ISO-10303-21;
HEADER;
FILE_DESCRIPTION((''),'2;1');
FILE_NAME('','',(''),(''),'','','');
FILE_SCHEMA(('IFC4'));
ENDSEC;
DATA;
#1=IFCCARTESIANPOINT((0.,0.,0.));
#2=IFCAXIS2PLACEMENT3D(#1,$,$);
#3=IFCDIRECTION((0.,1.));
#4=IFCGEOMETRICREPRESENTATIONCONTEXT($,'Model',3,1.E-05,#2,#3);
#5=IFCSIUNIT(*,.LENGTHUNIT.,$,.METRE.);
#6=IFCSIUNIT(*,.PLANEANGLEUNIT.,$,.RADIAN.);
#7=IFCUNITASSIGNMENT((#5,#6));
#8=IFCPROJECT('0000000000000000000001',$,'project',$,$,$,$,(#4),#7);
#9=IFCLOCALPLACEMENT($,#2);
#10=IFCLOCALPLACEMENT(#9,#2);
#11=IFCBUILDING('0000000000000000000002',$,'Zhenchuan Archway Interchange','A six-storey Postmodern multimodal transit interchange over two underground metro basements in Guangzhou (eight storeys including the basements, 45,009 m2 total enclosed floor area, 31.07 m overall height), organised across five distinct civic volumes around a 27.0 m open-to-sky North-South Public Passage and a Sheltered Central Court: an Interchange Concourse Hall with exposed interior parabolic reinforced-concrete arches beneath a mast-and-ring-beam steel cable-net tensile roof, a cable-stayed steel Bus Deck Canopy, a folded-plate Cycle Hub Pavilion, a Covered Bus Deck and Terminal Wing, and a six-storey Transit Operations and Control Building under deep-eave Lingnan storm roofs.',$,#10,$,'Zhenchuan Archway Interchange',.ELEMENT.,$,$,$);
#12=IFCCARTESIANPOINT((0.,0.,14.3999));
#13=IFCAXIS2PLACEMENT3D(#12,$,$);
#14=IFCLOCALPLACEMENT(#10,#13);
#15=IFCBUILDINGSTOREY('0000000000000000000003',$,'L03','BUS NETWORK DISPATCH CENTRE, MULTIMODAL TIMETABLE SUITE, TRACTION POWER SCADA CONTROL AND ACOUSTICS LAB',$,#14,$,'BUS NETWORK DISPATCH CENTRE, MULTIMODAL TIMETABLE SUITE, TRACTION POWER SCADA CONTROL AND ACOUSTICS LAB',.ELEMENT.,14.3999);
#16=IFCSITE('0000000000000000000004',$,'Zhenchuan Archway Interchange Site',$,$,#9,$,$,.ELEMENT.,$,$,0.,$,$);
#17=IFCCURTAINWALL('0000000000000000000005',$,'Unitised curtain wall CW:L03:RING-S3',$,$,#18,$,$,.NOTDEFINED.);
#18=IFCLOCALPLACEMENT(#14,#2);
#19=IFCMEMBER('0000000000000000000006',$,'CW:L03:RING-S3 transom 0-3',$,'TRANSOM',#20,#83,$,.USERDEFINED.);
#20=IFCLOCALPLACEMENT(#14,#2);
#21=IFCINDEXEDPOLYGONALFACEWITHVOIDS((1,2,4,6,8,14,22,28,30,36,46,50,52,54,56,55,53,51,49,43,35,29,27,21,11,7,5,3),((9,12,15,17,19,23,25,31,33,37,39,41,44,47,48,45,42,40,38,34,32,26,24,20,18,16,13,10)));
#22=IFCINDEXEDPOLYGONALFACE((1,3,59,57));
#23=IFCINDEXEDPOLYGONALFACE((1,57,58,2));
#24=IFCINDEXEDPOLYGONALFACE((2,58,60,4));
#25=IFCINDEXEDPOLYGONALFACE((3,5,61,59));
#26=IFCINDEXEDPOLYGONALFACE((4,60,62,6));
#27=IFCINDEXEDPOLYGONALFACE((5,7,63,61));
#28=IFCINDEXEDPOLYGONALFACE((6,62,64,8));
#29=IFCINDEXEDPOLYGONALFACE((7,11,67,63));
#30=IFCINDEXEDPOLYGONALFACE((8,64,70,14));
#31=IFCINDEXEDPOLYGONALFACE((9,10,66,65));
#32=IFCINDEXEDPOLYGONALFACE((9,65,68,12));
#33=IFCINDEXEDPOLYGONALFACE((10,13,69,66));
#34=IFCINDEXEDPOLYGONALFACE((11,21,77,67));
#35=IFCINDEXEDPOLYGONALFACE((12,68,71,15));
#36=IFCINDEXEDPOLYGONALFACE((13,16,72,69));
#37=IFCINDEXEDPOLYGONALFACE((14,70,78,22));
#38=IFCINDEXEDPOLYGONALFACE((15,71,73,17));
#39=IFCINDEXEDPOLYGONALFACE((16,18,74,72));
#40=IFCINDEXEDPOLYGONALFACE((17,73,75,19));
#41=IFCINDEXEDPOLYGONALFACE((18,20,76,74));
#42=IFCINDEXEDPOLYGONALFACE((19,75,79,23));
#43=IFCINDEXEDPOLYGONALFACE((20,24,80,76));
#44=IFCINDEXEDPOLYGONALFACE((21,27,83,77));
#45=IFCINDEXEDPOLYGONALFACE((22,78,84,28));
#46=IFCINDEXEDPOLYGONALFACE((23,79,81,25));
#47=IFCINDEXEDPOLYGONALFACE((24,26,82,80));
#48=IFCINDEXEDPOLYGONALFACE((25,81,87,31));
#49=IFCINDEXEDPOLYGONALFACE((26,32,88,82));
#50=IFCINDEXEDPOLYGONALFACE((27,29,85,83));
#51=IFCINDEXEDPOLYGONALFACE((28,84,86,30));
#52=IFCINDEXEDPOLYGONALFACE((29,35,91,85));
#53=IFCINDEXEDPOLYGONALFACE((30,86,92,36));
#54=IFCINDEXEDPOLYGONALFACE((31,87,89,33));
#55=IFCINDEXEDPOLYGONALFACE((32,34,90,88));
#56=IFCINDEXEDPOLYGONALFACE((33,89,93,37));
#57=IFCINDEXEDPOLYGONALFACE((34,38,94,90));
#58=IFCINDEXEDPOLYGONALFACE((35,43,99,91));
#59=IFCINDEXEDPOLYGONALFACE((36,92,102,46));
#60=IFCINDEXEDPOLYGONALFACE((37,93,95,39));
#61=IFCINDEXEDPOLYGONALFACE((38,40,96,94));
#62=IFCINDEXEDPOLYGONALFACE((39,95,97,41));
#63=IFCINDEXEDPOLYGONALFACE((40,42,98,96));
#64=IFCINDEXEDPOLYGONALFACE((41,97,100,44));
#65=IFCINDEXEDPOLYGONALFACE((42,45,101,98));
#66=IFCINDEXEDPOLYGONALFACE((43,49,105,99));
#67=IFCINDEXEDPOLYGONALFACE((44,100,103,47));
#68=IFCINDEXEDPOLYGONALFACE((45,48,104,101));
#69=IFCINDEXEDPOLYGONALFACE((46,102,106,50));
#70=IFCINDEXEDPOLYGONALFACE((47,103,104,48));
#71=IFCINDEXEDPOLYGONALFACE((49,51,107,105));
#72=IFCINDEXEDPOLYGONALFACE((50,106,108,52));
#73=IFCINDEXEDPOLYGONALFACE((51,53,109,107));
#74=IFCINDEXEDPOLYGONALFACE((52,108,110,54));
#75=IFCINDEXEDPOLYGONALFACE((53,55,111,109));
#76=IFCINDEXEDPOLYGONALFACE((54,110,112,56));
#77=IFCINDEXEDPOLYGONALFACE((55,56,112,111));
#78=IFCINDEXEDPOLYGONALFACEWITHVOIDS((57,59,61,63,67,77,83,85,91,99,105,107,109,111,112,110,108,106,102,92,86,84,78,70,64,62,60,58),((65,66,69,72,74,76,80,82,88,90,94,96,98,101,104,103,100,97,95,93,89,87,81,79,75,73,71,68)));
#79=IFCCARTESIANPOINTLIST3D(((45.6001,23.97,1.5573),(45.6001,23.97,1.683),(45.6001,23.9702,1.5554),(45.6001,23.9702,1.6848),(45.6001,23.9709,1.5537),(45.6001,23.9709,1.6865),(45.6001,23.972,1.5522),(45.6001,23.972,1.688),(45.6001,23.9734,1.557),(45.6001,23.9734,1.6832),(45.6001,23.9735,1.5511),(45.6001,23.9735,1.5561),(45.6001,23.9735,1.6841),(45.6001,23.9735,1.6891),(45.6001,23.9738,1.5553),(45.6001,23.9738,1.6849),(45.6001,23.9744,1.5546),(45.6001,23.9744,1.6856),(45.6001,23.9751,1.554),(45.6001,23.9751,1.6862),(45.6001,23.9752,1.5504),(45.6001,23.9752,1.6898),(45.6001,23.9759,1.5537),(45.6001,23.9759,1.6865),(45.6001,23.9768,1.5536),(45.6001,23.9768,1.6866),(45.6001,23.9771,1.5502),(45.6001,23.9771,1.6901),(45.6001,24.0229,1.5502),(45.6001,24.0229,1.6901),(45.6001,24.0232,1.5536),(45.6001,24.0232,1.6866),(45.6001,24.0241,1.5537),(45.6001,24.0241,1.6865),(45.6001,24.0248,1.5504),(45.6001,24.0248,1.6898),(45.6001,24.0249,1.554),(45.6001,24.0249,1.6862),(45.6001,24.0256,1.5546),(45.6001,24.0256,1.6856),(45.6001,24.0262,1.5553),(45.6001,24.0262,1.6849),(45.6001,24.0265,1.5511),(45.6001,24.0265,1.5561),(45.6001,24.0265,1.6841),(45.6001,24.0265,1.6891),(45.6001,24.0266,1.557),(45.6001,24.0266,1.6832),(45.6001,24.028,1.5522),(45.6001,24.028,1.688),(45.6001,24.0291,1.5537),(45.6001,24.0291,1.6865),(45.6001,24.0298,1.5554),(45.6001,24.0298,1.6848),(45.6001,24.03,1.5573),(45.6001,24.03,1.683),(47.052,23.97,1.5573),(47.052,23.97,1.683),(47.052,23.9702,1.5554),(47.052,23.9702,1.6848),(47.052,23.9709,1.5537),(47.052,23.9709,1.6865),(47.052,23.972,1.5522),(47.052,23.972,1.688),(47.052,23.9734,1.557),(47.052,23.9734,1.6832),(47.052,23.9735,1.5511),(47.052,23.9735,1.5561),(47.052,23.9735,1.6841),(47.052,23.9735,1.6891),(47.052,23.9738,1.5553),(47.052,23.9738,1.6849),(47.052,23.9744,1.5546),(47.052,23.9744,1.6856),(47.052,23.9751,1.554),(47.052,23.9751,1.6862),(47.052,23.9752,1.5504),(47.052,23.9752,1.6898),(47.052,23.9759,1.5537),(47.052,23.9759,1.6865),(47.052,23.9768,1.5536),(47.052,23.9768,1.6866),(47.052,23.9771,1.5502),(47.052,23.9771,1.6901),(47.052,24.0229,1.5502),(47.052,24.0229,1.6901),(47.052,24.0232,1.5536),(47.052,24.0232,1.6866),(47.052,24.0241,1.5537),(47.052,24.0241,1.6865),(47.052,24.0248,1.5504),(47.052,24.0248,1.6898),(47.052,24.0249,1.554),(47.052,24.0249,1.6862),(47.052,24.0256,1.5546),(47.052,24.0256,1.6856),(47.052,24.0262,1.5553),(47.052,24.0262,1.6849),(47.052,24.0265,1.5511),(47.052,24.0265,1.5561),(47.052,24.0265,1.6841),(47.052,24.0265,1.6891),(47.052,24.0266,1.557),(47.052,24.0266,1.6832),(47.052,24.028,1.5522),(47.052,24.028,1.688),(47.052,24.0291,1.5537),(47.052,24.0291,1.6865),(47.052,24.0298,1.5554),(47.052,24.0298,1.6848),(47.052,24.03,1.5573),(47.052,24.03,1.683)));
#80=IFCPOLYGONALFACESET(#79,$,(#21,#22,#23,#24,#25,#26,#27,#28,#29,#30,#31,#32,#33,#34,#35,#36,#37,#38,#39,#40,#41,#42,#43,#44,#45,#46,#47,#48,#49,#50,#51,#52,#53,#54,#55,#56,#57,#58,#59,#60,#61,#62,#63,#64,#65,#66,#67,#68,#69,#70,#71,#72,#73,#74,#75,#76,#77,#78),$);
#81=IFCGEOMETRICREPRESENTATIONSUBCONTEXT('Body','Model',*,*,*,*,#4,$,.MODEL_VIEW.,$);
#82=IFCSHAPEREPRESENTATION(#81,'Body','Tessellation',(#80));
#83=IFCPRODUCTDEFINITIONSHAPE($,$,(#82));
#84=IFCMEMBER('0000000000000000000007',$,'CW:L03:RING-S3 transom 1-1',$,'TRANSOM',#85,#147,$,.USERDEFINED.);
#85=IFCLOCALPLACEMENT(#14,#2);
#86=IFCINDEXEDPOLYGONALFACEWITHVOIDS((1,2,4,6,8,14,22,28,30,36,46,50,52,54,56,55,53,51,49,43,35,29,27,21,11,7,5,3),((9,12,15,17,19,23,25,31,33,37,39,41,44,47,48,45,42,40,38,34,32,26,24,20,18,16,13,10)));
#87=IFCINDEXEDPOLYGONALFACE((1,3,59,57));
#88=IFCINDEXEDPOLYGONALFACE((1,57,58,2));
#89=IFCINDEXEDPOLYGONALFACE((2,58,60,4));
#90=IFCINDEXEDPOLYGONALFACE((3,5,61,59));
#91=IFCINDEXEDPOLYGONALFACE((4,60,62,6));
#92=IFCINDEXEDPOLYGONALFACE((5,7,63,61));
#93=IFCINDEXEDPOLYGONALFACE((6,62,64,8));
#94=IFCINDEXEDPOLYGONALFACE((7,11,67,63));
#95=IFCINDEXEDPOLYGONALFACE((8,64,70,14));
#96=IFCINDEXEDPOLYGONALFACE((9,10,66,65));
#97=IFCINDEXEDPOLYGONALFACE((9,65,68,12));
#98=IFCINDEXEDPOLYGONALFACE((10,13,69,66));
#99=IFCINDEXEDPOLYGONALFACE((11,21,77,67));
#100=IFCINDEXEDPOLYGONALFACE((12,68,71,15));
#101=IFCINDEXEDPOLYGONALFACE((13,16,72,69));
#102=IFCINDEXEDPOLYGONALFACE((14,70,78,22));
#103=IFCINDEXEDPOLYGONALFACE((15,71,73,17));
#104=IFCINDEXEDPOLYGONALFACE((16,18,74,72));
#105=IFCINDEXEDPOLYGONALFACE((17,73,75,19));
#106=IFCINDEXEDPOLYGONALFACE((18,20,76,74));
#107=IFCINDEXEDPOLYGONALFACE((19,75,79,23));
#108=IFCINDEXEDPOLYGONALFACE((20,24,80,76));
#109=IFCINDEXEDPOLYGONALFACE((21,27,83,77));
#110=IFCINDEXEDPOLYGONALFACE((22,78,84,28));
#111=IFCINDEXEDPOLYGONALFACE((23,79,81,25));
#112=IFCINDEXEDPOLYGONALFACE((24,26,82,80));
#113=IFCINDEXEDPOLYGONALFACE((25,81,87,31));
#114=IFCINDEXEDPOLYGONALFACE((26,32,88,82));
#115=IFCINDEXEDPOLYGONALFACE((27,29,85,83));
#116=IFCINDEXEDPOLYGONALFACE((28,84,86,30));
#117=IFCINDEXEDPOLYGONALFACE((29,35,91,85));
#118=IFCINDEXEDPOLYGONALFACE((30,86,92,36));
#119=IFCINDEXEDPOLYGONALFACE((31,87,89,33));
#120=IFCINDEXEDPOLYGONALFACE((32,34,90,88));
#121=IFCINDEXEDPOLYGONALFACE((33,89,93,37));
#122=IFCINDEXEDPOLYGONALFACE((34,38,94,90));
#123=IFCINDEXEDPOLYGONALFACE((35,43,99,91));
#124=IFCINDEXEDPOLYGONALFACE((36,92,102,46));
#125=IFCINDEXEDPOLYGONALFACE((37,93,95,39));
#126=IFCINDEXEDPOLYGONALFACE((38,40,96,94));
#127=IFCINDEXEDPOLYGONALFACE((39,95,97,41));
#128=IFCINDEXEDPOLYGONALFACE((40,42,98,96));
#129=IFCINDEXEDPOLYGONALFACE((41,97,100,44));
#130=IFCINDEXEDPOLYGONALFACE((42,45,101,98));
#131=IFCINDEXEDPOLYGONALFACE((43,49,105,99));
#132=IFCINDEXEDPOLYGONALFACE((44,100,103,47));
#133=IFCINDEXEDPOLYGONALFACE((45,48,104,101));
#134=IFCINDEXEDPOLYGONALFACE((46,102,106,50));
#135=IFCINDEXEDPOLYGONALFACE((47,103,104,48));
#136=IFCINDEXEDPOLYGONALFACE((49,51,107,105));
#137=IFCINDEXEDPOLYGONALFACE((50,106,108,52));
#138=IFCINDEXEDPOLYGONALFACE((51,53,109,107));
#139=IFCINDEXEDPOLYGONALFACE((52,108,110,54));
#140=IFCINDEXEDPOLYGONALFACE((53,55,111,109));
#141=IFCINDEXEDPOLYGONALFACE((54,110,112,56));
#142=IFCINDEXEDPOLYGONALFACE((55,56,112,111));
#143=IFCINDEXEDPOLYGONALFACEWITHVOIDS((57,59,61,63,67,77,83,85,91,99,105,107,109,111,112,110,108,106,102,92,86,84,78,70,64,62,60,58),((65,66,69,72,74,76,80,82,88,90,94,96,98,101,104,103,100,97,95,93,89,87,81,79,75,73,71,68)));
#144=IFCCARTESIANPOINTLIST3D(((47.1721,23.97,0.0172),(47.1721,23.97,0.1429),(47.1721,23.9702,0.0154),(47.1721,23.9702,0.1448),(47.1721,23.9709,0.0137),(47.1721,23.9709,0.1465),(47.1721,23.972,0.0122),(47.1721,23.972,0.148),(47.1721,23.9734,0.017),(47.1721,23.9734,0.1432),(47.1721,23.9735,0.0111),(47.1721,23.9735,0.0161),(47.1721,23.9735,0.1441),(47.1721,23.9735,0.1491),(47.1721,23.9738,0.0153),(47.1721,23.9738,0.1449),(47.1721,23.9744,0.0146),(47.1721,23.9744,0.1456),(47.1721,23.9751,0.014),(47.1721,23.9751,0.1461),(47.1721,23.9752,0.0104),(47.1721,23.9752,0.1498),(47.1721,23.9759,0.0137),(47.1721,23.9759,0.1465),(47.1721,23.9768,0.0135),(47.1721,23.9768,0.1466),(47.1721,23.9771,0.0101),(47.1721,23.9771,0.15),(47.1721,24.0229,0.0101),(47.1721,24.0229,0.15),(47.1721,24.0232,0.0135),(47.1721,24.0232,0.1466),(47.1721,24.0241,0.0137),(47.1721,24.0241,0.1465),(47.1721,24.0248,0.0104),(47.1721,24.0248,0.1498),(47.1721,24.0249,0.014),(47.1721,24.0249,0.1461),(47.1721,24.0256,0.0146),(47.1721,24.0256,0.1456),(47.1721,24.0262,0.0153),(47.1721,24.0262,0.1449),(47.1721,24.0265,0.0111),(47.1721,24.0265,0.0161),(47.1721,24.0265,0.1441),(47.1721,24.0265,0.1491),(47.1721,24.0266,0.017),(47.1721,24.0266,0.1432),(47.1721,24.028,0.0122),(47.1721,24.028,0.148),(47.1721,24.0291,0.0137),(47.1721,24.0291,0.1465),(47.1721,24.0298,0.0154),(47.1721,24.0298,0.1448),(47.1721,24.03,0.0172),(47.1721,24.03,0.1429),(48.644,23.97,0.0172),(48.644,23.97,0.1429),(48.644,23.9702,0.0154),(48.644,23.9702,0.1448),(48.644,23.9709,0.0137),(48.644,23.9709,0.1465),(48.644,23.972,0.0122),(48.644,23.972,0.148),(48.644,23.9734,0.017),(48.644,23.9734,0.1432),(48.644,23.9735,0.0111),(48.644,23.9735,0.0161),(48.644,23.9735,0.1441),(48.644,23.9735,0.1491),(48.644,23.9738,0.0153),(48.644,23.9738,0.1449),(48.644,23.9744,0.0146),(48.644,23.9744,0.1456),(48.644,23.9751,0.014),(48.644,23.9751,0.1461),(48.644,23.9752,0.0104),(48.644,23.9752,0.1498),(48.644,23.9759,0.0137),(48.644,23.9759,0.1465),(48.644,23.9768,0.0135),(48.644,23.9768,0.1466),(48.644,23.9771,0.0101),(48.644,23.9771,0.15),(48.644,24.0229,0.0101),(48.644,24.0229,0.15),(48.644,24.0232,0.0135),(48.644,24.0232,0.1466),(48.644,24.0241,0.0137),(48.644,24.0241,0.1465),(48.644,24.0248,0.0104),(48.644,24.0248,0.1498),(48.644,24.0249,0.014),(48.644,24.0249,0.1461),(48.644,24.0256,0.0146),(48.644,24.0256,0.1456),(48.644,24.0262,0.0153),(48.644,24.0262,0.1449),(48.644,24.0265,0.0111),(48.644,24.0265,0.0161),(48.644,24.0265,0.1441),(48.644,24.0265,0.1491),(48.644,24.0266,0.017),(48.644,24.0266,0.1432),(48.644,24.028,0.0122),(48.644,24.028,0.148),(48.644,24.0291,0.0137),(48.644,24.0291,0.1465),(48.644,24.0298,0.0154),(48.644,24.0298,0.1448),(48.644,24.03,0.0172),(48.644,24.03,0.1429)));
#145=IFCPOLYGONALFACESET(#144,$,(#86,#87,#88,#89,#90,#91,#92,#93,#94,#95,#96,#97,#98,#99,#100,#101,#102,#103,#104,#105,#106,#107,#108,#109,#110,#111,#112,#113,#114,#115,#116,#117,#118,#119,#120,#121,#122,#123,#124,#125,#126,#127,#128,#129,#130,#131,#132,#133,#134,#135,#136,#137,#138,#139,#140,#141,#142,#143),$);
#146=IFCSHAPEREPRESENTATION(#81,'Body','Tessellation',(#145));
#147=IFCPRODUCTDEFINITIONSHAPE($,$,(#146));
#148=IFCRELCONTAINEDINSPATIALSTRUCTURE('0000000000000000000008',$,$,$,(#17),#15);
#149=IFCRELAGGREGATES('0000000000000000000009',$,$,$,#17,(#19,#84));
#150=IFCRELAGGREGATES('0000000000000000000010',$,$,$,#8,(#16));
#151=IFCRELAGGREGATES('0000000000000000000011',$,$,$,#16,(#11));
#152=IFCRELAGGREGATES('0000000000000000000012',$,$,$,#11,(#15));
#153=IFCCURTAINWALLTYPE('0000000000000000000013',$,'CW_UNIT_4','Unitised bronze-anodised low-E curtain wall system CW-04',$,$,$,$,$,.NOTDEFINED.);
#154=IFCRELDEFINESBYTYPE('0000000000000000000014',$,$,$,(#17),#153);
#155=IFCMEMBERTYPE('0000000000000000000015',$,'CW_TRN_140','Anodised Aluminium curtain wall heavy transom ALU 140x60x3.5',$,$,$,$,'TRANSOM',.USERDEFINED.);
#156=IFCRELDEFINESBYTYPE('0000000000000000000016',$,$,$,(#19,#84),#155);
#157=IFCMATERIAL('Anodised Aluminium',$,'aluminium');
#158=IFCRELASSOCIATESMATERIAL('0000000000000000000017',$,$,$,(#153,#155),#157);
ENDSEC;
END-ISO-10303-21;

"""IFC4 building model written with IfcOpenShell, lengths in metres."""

from ifc_helpers import new_model, si_unit, direction, frame, origin, origin_2d, place, context, subcontext, project, spatial, hollow_rectangle, extrude, material, material_profile, profile_set, type_object, element, aggregate, save


model = new_model("IFC4")

# Units and contexts
model_context = context("Model", 3, precision=1e-05, world=origin(), true_north=direction((0.0, 1.0)))
body_context = subcontext(model_context, "Body", "Model", "MODEL_VIEW")
ifc_project = project(units=[si_unit("LENGTHUNIT", "METRE"), si_unit("PLANEANGLEUNIT", "RADIAN")], contexts=[model_context])

# Site, building, storey
site_placement = place(None, origin())
site = spatial("IfcSite", under=ifc_project, at=site_placement, Name="Zhenchuan Archway Interchange Site", CompositionType="ELEMENT", RefElevation=0.0)
building_placement = place(site_placement, origin())
building = spatial("IfcBuilding", under=site, at=building_placement, Name="Zhenchuan Archway Interchange", Description="A six-storey Postmodern multimodal transit interchange over two underground metro basements in Guangzhou (eight storeys including the basements, 45,009 m2 total enclosed floor area, 31.07 m overall height), organised across five distinct civic volumes around a 27.0 m open-to-sky North-South Public Passage and a Sheltered Central Court: an Interchange Concourse Hall with exposed interior parabolic reinforced-concrete arches beneath a mast-and-ring-beam steel cable-net tensile roof, a cable-stayed steel Bus Deck Canopy, a folded-plate Cycle Hub Pavilion, a Covered Bus Deck and Terminal Wing, and a six-storey Transit Operations and Control Building under deep-eave Lingnan storm roofs.", LongName="Zhenchuan Archway Interchange", CompositionType="ELEMENT")
storey_placement = place(building_placement, frame((0.0, 0.0, 14.3999)))
storey = spatial("IfcBuildingStorey", under=building, at=storey_placement, Name="L03", Description="BUS NETWORK DISPATCH CENTRE, MULTIMODAL TIMETABLE SUITE, TRACTION POWER SCADA CONTROL AND ACOUSTICS LAB", LongName="BUS NETWORK DISPATCH CENTRE, MULTIMODAL TIMETABLE SUITE, TRACTION POWER SCADA CONTROL AND ACOUSTICS LAB", CompositionType="ELEMENT", Elevation=14.3999)

# Curtain wall
ifc_material_1 = material(Name="Anodised Aluminium", Category="aluminium")
curtain_wall_type = type_object("IfcCurtainWallType", Name="CW_UNIT_4", Description="Unitised bronze-anodised low-E curtain wall system CW-04", PredefinedType="NOTDEFINED", material=ifc_material_1)
curtain_wall_1_placement = place(storey_placement, origin())
curtain_wall_1 = element("IfcCurtainWall", 1, at=curtain_wall_1_placement, inside=storey, type_object=curtain_wall_type, Name="Unitised curtain wall CW:L03:RING-S3", PredefinedType="NOTDEFINED")

# Members
ifc_material_profile_1 = material_profile(ifc_material_1, hollow_rectangle(XDim=0.0601, YDim=0.1399, WallThickness=0.0034, InnerFilletRadius=0.0034, OuterFilletRadius=0.0071, at=origin_2d()), Name="ALU 140x60x3.5")
ifc_profile_set_1 = profile_set([ifc_material_profile_1], Name="Anodised Aluminium")
member_type_1 = type_object("IfcMemberType", Name="CW_TRN_140", Description="Anodised Aluminium curtain wall heavy transom ALU 140x60x3.5", ElementType="TRANSOM", PredefinedType="USERDEFINED", material=ifc_profile_set_1)
member_1_placement = place(storey_placement, frame((45.6001, 24.0, 1.6201), z_axis=(1.0, 0.0, 0.0), x_axis=(0.0, 1.0, 0.0)))
member_1 = element("IfcMember", 2, at=member_1_placement, type_object=member_type_1, Name="CW:L03:RING-S3 transom 0-3", ObjectType="TRANSOM", PredefinedType="USERDEFINED", context=body_context, shape_type="SweptSolid", body=[
    extrude(hollow_rectangle(XDim=0.0601, YDim=0.1399, WallThickness=0.0034, InnerFilletRadius=0.0034, OuterFilletRadius=0.0071, at=origin_2d()), origin(), (0.0, 0.0, 1.0), 1.4519),
])
member_2_placement = place(storey_placement, frame((47.1721, 24.0, 0.0801), z_axis=(1.0, 0.0, 0.0), x_axis=(0.0, 1.0, 0.0)))
member_2 = element("IfcMember", 3, at=member_2_placement, type_object=member_type_1, Name="CW:L03:RING-S3 transom 1-1", ObjectType="TRANSOM", PredefinedType="USERDEFINED", context=body_context, shape_type="SweptSolid", body=[
    extrude(hollow_rectangle(XDim=0.0601, YDim=0.1399, WallThickness=0.0034, InnerFilletRadius=0.0034, OuterFilletRadius=0.0071, at=origin_2d()), origin(), (0.0, 0.0, 1.0), 1.4719),
])

aggregate(curtain_wall_1, [member_1, member_2])

save(model, "model.ifc")
